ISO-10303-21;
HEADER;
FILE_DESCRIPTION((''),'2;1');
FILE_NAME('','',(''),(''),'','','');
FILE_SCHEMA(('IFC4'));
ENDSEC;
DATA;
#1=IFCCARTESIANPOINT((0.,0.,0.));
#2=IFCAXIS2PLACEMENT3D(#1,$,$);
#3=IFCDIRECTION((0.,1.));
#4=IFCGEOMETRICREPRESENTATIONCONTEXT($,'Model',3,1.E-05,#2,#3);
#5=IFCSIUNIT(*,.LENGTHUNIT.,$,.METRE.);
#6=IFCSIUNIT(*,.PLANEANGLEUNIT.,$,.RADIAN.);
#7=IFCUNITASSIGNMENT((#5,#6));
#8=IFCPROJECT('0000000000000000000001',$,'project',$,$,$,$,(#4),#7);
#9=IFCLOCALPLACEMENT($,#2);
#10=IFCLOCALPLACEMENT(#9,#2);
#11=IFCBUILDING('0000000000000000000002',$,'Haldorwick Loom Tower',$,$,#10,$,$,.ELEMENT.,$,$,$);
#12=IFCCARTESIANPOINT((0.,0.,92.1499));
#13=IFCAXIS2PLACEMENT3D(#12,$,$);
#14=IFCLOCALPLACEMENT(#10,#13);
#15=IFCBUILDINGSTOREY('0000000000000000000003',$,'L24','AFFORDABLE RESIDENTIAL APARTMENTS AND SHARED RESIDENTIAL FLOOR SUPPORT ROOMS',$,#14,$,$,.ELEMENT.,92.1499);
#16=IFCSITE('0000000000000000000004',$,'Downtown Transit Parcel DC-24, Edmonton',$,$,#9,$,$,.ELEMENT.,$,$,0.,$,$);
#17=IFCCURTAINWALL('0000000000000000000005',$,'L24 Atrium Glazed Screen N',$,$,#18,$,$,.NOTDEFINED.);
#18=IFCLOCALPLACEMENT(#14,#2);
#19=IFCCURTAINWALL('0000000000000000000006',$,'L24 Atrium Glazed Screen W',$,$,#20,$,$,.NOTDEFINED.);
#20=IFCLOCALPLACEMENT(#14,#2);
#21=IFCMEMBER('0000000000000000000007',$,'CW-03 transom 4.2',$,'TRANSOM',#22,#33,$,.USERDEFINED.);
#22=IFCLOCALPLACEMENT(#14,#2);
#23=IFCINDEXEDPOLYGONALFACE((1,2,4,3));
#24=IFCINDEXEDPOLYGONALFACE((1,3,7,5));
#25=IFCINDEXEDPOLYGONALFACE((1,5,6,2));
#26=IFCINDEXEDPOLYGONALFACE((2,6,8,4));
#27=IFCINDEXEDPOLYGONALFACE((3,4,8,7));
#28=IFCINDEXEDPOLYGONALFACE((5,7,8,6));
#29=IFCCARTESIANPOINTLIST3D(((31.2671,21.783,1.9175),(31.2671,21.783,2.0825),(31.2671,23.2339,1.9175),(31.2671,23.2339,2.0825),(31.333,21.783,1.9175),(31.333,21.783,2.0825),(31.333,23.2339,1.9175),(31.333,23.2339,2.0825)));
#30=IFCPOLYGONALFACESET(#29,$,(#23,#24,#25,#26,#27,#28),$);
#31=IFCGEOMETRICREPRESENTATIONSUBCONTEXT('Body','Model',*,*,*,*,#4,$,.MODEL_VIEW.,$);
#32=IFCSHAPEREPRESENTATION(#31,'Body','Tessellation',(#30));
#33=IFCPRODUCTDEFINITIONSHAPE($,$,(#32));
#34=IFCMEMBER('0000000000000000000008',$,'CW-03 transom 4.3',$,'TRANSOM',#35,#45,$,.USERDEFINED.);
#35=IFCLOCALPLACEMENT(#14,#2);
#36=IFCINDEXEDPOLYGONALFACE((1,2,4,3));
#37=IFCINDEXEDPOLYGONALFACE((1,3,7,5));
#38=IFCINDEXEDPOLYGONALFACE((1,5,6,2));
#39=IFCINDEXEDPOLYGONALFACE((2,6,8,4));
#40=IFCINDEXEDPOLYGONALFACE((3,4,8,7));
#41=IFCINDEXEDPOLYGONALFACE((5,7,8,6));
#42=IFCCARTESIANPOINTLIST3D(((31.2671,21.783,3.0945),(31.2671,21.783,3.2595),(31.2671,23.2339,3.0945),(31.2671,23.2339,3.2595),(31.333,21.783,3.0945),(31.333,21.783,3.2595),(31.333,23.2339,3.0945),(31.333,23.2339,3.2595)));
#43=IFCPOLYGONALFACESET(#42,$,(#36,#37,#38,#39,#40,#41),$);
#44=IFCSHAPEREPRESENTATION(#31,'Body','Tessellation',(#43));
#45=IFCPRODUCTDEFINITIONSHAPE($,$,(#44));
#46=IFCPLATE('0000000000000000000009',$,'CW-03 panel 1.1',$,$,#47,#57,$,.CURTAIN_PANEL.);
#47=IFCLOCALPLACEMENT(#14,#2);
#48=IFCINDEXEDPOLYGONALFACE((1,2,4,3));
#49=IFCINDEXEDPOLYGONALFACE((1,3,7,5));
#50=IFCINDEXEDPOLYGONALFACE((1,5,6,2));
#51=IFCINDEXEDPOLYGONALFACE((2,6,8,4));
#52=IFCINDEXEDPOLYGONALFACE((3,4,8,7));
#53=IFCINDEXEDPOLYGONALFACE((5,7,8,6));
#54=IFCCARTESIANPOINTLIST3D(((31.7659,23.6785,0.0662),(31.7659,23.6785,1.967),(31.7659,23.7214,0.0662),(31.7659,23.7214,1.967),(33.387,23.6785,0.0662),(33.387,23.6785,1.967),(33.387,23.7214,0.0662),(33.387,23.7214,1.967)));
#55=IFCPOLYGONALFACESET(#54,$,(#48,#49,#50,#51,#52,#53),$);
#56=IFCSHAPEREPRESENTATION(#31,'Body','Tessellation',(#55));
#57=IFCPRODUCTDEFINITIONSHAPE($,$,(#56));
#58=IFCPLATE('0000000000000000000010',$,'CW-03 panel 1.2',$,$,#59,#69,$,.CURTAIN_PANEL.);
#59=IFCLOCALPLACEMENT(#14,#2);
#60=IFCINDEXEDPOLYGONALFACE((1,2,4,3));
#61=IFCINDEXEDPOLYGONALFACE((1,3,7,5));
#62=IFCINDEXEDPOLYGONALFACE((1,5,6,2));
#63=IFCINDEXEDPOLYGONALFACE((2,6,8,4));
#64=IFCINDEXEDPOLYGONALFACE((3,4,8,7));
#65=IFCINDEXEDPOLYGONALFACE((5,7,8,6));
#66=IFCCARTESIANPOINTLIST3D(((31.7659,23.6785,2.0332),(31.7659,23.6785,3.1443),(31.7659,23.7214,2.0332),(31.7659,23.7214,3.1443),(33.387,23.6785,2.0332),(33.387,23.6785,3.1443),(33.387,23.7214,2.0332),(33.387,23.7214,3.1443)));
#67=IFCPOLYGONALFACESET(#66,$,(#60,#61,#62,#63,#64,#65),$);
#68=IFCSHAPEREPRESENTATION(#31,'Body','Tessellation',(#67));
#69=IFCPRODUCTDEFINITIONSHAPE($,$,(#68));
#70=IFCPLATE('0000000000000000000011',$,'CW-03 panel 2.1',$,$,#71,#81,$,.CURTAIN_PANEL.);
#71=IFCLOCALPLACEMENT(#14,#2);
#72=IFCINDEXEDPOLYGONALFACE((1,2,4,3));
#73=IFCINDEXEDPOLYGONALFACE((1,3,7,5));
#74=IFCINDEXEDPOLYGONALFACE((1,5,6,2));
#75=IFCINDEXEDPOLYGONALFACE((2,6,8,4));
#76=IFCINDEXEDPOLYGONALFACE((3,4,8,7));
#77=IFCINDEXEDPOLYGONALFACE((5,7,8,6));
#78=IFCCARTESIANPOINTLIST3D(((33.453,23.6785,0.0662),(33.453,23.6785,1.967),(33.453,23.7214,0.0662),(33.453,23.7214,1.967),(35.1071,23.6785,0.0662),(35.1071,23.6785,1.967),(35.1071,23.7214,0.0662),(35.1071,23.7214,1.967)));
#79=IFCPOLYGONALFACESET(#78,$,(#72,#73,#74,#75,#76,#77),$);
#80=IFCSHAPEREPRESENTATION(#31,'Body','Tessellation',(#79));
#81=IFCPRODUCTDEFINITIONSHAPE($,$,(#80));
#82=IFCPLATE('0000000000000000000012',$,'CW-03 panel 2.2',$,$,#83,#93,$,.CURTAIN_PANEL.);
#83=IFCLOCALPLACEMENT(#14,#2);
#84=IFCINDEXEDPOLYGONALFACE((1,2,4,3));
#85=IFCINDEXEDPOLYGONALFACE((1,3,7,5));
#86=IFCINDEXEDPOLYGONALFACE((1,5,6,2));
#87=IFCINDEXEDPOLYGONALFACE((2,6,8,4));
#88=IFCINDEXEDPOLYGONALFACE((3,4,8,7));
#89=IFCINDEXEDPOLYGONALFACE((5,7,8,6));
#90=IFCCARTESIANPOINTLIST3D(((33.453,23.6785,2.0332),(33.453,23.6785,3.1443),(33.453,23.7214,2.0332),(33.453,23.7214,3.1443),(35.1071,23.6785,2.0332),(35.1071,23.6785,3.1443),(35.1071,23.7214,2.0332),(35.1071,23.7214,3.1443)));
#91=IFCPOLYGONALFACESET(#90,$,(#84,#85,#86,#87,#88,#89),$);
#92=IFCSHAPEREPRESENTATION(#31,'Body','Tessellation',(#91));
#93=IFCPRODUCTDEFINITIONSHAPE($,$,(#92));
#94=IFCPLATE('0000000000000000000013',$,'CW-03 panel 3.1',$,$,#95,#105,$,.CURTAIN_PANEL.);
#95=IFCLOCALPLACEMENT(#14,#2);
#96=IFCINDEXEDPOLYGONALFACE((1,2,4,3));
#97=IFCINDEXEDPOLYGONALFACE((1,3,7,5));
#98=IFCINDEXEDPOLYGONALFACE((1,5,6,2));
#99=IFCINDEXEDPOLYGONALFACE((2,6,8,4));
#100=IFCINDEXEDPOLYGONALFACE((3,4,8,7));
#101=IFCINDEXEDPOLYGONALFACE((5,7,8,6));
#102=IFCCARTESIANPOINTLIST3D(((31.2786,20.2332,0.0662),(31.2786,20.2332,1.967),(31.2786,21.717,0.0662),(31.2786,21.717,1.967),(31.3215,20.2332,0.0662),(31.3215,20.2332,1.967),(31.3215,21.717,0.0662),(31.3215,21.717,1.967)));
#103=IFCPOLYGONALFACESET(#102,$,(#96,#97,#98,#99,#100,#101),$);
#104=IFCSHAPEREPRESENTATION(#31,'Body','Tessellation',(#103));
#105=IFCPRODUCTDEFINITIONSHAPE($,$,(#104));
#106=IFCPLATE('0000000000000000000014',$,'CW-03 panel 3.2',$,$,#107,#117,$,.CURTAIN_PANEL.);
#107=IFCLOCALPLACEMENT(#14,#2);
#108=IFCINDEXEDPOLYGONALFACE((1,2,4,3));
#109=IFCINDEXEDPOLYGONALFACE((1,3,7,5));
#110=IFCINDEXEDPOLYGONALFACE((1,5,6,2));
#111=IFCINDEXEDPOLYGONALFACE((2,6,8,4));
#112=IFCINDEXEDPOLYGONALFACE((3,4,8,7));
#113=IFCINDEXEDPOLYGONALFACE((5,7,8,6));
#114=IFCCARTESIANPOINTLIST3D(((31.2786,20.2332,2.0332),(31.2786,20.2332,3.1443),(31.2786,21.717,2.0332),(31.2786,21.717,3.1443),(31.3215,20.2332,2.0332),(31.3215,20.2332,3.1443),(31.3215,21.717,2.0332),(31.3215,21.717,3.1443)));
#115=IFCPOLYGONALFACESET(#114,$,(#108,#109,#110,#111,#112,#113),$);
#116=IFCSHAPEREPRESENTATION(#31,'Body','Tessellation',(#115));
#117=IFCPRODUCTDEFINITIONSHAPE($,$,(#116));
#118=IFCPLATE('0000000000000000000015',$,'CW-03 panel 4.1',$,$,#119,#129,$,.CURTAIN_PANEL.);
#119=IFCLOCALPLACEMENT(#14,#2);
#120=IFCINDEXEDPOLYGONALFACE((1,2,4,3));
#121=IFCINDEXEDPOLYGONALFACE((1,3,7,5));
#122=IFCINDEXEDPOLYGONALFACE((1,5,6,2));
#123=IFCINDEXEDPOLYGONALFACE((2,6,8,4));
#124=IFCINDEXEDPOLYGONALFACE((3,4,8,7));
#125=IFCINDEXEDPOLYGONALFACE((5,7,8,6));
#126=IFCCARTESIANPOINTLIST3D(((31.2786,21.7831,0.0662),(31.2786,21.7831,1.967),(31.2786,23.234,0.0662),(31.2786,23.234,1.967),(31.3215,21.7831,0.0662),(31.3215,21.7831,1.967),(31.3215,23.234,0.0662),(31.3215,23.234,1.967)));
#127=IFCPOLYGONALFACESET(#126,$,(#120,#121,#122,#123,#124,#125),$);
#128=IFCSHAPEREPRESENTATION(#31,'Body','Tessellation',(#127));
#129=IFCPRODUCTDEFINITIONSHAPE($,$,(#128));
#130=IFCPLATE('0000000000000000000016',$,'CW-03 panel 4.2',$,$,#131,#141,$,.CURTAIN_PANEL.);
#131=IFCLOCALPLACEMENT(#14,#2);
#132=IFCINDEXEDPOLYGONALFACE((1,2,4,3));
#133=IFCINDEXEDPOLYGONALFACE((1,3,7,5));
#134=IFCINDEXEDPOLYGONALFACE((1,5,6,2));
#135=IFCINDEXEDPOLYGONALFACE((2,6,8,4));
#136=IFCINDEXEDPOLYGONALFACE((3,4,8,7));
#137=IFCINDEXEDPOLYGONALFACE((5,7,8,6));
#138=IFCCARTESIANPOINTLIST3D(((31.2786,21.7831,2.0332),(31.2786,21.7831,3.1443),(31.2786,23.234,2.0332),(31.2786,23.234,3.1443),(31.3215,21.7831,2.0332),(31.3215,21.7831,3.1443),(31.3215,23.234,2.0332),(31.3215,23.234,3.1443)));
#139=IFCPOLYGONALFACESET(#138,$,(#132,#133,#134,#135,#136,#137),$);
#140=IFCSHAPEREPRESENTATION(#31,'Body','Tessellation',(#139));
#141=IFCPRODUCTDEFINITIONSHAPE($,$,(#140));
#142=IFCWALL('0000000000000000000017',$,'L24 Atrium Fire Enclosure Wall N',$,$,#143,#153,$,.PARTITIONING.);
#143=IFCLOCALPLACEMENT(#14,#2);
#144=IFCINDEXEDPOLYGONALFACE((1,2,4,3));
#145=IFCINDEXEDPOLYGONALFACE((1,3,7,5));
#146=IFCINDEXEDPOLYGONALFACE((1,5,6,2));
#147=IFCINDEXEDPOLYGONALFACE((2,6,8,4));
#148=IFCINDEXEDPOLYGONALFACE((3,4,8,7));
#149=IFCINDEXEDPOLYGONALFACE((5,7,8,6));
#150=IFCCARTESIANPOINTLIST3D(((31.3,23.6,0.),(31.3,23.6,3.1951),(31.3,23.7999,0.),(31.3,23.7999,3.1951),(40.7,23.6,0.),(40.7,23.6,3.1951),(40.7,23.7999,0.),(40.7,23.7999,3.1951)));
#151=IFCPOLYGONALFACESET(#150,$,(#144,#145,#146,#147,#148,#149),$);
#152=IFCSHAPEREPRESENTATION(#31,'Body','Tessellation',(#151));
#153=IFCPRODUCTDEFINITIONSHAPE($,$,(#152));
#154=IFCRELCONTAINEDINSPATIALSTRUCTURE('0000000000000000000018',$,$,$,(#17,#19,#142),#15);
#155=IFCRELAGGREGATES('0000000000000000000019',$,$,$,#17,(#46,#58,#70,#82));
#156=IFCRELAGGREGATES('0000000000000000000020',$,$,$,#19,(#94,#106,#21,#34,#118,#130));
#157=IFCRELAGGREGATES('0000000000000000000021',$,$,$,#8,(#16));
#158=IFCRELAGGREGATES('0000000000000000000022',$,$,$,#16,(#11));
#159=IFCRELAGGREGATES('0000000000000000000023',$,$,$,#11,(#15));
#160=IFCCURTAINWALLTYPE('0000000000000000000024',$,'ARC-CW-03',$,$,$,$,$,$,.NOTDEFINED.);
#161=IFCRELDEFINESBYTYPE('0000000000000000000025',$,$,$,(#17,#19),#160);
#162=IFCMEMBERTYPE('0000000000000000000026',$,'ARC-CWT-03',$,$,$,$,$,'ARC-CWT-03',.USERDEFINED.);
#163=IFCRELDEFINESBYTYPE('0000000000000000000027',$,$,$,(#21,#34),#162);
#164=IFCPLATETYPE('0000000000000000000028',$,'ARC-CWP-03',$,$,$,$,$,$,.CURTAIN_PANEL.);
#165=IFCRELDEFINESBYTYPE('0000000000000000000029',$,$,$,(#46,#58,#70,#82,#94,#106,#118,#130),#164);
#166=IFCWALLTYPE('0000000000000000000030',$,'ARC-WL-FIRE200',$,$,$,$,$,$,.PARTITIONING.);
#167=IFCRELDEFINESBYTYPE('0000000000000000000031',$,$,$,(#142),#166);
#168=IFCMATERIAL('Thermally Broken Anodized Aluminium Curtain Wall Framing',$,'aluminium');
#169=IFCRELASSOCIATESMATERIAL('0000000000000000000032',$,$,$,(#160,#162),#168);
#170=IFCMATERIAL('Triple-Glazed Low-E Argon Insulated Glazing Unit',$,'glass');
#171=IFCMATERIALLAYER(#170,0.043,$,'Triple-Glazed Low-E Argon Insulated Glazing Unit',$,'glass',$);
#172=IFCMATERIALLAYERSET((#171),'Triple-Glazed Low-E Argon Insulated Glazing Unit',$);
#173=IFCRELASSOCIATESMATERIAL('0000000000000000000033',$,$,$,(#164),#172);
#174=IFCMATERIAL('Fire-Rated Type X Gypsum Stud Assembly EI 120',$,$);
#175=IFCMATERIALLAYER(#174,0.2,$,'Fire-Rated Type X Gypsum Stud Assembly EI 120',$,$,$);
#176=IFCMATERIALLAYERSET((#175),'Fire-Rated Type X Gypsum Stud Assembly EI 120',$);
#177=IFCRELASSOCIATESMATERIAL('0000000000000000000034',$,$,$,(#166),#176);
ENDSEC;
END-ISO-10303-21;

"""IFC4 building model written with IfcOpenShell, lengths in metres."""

from ifc_helpers import new_model, si_unit, direction, frame, frame_2d, origin, origin_2d, place, context, subcontext, project, spatial, rectangle, extrude, material, layer, layer_set, material_profile, profile_set, type_object, element, aggregate, save


model = new_model("IFC4")

# Units and contexts
model_context = context("Model", 3, precision=1e-05, world=origin(), true_north=direction((0.0, 1.0)))
body_context = subcontext(model_context, "Body", "Model", "MODEL_VIEW")
ifc_project = project(units=[si_unit("LENGTHUNIT", "METRE"), si_unit("PLANEANGLEUNIT", "RADIAN")], contexts=[model_context])

# Site, building, storey
site_placement = place(None, origin())
site = spatial("IfcSite", under=ifc_project, at=site_placement, Name="Downtown Transit Parcel DC-24, Edmonton", CompositionType="ELEMENT", RefElevation=0.0)
building_placement = place(site_placement, origin())
building = spatial("IfcBuilding", under=site, at=building_placement, Name="Haldorwick Loom Tower", CompositionType="ELEMENT")
storey_placement = place(building_placement, frame((0.0, 0.0, 92.1499)))
storey = spatial("IfcBuildingStorey", under=building, at=storey_placement, Name="L24", Description="AFFORDABLE RESIDENTIAL APARTMENTS AND SHARED RESIDENTIAL FLOOR SUPPORT ROOMS", CompositionType="ELEMENT", Elevation=92.1499)

# Curtain walls
ifc_material_1 = material(Name="Thermally Broken Anodized Aluminium Curtain Wall Framing", Category="aluminium")
curtain_wall_type = type_object("IfcCurtainWallType", Name="ARC-CW-03", PredefinedType="NOTDEFINED", material=ifc_material_1)
curtain_wall_1_placement = place(storey_placement, origin())
curtain_wall_1 = element("IfcCurtainWall", 1, at=curtain_wall_1_placement, inside=storey, type_object=curtain_wall_type, Name="L24 Atrium Glazed Screen N", PredefinedType="NOTDEFINED")
curtain_wall_2_placement = place(storey_placement, origin())
curtain_wall_2 = element("IfcCurtainWall", 2, at=curtain_wall_2_placement, inside=storey, type_object=curtain_wall_type, Name="L24 Atrium Glazed Screen W", PredefinedType="NOTDEFINED")

# Members
ifc_material_profile_1 = material_profile(ifc_material_1, rectangle(XDim=0.0659, YDim=0.165, at=origin_2d()), Name="ALU_TRN_66X165", Category="aluminium")
ifc_profile_set_1 = profile_set([ifc_material_profile_1], Name="Thermally Broken Anodized Aluminium Curtain Wall Framing")
member_type_1 = type_object("IfcMemberType", Name="ARC-CWT-03", ElementType="ARC-CWT-03", PredefinedType="USERDEFINED", material=ifc_profile_set_1)
member_1_placement = place(storey_placement, frame((31.3, 21.783, 2.0), z_axis=(0.0, 1.0, 0.0), x_axis=(-1.0, 0.0, 0.0)))
member_1 = element("IfcMember", 3, at=member_1_placement, type_object=member_type_1, Name="CW-03 transom 4.2", ObjectType="TRANSOM", PredefinedType="USERDEFINED", context=body_context, shape_type="SweptSolid", body=[
    extrude(rectangle(XDim=0.0659, YDim=0.165, at=origin_2d()), origin(), (0.0, 0.0, 1.0), 1.4509),
])
member_2_placement = place(storey_placement, frame((31.3, 21.783, 3.177), z_axis=(0.0, 1.0, 0.0), x_axis=(-1.0, 0.0, 0.0)))
member_2 = element("IfcMember", 4, at=member_2_placement, type_object=member_type_1, Name="CW-03 transom 4.3", ObjectType="TRANSOM", PredefinedType="USERDEFINED", context=body_context, shape_type="SweptSolid", body=[
    extrude(rectangle(XDim=0.0659, YDim=0.165, at=origin_2d()), origin(), (0.0, 0.0, 1.0), 1.4509),
])

# Plates
ifc_material_2 = material(Name="Triple-Glazed Low-E Argon Insulated Glazing Unit", Category="glass")
ifc_layer_1 = layer(ifc_material_2, 0.043, Name="Triple-Glazed Low-E Argon Insulated Glazing Unit", Category="glass")
ifc_layer_set_1 = layer_set([ifc_layer_1], Name="Triple-Glazed Low-E Argon Insulated Glazing Unit")
plate_type = type_object("IfcPlateType", Name="ARC-CWP-03", PredefinedType="CURTAIN_PANEL", material=ifc_layer_set_1)
plate_1_placement = place(storey_placement, frame((32.5764, 23.7, 0.0662), z_axis=(0.0, 0.0, 1.0), x_axis=(1.0, 0.0, 0.0)))
plate_1 = element("IfcPlate", 5, at=plate_1_placement, type_object=plate_type, Name="CW-03 panel 1.1", PredefinedType="CURTAIN_PANEL", context=body_context, shape_type="SweptSolid", body=[
    extrude(rectangle(XDim=1.6211, YDim=0.043, at=origin_2d()), origin(), (0.0, 0.0, 1.0), 1.9009),
])
plate_2_placement = place(storey_placement, frame((32.5764, 23.7, 2.0332), z_axis=(0.0, 0.0, 1.0), x_axis=(1.0, 0.0, 0.0)))
plate_2 = element("IfcPlate", 6, at=plate_2_placement, type_object=plate_type, Name="CW-03 panel 1.2", PredefinedType="CURTAIN_PANEL", context=body_context, shape_type="SweptSolid", body=[
    extrude(rectangle(XDim=1.6211, YDim=0.043, at=origin_2d()), origin(), (0.0, 0.0, 1.0), 1.1111),
])
plate_3_placement = place(storey_placement, frame((34.28, 23.7, 0.0662), z_axis=(0.0, 0.0, 1.0), x_axis=(1.0, 0.0, 0.0)))
plate_3 = element("IfcPlate", 7, at=plate_3_placement, type_object=plate_type, Name="CW-03 panel 2.1", PredefinedType="CURTAIN_PANEL", context=body_context, shape_type="SweptSolid", body=[
    extrude(rectangle(XDim=1.6541, YDim=0.043, at=origin_2d()), origin(), (0.0, 0.0, 1.0), 1.9009),
])
plate_4_placement = place(storey_placement, frame((34.28, 23.7, 2.0332), z_axis=(0.0, 0.0, 1.0), x_axis=(1.0, 0.0, 0.0)))
plate_4 = element("IfcPlate", 8, at=plate_4_placement, type_object=plate_type, Name="CW-03 panel 2.2", PredefinedType="CURTAIN_PANEL", context=body_context, shape_type="SweptSolid", body=[
    extrude(rectangle(XDim=1.6541, YDim=0.043, at=origin_2d()), origin(), (0.0, 0.0, 1.0), 1.1111),
])
aggregate(curtain_wall_1, [plate_1, plate_2, plate_3, plate_4])
plate_5_placement = place(storey_placement, frame((31.3, 20.9751, 0.0662), z_axis=(0.0, 0.0, 1.0), x_axis=(0.0, 1.0, 0.0)))
plate_5 = element("IfcPlate", 9, at=plate_5_placement, type_object=plate_type, Name="CW-03 panel 3.1", PredefinedType="CURTAIN_PANEL", context=body_context, shape_type="SweptSolid", body=[
    extrude(rectangle(XDim=1.4839, YDim=0.043, at=origin_2d()), origin(), (0.0, 0.0, 1.0), 1.9009),
])
plate_6_placement = place(storey_placement, frame((31.3, 20.9751, 2.0332), z_axis=(0.0, 0.0, 1.0), x_axis=(0.0, 1.0, 0.0)))
plate_6 = element("IfcPlate", 10, at=plate_6_placement, type_object=plate_type, Name="CW-03 panel 3.2", PredefinedType="CURTAIN_PANEL", context=body_context, shape_type="SweptSolid", body=[
    extrude(rectangle(XDim=1.4839, YDim=0.043, at=origin_2d()), origin(), (0.0, 0.0, 1.0), 1.1111),
])
plate_7_placement = place(storey_placement, frame((31.3, 22.5085, 0.0662), z_axis=(0.0, 0.0, 1.0), x_axis=(0.0, 1.0, 0.0)))
plate_7 = element("IfcPlate", 11, at=plate_7_placement, type_object=plate_type, Name="CW-03 panel 4.1", PredefinedType="CURTAIN_PANEL", context=body_context, shape_type="SweptSolid", body=[
    extrude(rectangle(XDim=1.4509, YDim=0.043, at=origin_2d()), origin(), (0.0, 0.0, 1.0), 1.9009),
])
plate_8_placement = place(storey_placement, frame((31.3, 22.5085, 2.0332), z_axis=(0.0, 0.0, 1.0), x_axis=(0.0, 1.0, 0.0)))
plate_8 = element("IfcPlate", 12, at=plate_8_placement, type_object=plate_type, Name="CW-03 panel 4.2", PredefinedType="CURTAIN_PANEL", context=body_context, shape_type="SweptSolid", body=[
    extrude(rectangle(XDim=1.4509, YDim=0.043, at=origin_2d()), origin(), (0.0, 0.0, 1.0), 1.1111),
])
aggregate(curtain_wall_2, [plate_5, plate_6, member_1, member_2, plate_7, plate_8])

# Wall
ifc_material_3 = material(Name="Fire-Rated Type X Gypsum Stud Assembly EI 120")
ifc_layer_2 = layer(ifc_material_3, 0.2, Name="Fire-Rated Type X Gypsum Stud Assembly EI 120")
ifc_layer_set_2 = layer_set([ifc_layer_2], Name="Fire-Rated Type X Gypsum Stud Assembly EI 120")
wall_type = type_object("IfcWallType", Name="ARC-WL-FIRE200", PredefinedType="PARTITIONING", material=ifc_layer_set_2)
wall_placement = place(storey_placement, frame((31.3, 23.7, 0.0), z_axis=(0.0, 0.0, 1.0), x_axis=(1.0, 0.0, 0.0)))
element("IfcWall", 13, at=wall_placement, inside=storey, type_object=wall_type, Name="L24 Atrium Fire Enclosure Wall N", PredefinedType="PARTITIONING", context=body_context, shape_type="SweptSolid", body=[
    extrude(rectangle(XDim=9.3999, YDim=0.2, at=frame_2d((4.7, 0.0))), origin(), (0.0, 0.0, 1.0), 3.1951),
])

save(model, "model.ifc")
